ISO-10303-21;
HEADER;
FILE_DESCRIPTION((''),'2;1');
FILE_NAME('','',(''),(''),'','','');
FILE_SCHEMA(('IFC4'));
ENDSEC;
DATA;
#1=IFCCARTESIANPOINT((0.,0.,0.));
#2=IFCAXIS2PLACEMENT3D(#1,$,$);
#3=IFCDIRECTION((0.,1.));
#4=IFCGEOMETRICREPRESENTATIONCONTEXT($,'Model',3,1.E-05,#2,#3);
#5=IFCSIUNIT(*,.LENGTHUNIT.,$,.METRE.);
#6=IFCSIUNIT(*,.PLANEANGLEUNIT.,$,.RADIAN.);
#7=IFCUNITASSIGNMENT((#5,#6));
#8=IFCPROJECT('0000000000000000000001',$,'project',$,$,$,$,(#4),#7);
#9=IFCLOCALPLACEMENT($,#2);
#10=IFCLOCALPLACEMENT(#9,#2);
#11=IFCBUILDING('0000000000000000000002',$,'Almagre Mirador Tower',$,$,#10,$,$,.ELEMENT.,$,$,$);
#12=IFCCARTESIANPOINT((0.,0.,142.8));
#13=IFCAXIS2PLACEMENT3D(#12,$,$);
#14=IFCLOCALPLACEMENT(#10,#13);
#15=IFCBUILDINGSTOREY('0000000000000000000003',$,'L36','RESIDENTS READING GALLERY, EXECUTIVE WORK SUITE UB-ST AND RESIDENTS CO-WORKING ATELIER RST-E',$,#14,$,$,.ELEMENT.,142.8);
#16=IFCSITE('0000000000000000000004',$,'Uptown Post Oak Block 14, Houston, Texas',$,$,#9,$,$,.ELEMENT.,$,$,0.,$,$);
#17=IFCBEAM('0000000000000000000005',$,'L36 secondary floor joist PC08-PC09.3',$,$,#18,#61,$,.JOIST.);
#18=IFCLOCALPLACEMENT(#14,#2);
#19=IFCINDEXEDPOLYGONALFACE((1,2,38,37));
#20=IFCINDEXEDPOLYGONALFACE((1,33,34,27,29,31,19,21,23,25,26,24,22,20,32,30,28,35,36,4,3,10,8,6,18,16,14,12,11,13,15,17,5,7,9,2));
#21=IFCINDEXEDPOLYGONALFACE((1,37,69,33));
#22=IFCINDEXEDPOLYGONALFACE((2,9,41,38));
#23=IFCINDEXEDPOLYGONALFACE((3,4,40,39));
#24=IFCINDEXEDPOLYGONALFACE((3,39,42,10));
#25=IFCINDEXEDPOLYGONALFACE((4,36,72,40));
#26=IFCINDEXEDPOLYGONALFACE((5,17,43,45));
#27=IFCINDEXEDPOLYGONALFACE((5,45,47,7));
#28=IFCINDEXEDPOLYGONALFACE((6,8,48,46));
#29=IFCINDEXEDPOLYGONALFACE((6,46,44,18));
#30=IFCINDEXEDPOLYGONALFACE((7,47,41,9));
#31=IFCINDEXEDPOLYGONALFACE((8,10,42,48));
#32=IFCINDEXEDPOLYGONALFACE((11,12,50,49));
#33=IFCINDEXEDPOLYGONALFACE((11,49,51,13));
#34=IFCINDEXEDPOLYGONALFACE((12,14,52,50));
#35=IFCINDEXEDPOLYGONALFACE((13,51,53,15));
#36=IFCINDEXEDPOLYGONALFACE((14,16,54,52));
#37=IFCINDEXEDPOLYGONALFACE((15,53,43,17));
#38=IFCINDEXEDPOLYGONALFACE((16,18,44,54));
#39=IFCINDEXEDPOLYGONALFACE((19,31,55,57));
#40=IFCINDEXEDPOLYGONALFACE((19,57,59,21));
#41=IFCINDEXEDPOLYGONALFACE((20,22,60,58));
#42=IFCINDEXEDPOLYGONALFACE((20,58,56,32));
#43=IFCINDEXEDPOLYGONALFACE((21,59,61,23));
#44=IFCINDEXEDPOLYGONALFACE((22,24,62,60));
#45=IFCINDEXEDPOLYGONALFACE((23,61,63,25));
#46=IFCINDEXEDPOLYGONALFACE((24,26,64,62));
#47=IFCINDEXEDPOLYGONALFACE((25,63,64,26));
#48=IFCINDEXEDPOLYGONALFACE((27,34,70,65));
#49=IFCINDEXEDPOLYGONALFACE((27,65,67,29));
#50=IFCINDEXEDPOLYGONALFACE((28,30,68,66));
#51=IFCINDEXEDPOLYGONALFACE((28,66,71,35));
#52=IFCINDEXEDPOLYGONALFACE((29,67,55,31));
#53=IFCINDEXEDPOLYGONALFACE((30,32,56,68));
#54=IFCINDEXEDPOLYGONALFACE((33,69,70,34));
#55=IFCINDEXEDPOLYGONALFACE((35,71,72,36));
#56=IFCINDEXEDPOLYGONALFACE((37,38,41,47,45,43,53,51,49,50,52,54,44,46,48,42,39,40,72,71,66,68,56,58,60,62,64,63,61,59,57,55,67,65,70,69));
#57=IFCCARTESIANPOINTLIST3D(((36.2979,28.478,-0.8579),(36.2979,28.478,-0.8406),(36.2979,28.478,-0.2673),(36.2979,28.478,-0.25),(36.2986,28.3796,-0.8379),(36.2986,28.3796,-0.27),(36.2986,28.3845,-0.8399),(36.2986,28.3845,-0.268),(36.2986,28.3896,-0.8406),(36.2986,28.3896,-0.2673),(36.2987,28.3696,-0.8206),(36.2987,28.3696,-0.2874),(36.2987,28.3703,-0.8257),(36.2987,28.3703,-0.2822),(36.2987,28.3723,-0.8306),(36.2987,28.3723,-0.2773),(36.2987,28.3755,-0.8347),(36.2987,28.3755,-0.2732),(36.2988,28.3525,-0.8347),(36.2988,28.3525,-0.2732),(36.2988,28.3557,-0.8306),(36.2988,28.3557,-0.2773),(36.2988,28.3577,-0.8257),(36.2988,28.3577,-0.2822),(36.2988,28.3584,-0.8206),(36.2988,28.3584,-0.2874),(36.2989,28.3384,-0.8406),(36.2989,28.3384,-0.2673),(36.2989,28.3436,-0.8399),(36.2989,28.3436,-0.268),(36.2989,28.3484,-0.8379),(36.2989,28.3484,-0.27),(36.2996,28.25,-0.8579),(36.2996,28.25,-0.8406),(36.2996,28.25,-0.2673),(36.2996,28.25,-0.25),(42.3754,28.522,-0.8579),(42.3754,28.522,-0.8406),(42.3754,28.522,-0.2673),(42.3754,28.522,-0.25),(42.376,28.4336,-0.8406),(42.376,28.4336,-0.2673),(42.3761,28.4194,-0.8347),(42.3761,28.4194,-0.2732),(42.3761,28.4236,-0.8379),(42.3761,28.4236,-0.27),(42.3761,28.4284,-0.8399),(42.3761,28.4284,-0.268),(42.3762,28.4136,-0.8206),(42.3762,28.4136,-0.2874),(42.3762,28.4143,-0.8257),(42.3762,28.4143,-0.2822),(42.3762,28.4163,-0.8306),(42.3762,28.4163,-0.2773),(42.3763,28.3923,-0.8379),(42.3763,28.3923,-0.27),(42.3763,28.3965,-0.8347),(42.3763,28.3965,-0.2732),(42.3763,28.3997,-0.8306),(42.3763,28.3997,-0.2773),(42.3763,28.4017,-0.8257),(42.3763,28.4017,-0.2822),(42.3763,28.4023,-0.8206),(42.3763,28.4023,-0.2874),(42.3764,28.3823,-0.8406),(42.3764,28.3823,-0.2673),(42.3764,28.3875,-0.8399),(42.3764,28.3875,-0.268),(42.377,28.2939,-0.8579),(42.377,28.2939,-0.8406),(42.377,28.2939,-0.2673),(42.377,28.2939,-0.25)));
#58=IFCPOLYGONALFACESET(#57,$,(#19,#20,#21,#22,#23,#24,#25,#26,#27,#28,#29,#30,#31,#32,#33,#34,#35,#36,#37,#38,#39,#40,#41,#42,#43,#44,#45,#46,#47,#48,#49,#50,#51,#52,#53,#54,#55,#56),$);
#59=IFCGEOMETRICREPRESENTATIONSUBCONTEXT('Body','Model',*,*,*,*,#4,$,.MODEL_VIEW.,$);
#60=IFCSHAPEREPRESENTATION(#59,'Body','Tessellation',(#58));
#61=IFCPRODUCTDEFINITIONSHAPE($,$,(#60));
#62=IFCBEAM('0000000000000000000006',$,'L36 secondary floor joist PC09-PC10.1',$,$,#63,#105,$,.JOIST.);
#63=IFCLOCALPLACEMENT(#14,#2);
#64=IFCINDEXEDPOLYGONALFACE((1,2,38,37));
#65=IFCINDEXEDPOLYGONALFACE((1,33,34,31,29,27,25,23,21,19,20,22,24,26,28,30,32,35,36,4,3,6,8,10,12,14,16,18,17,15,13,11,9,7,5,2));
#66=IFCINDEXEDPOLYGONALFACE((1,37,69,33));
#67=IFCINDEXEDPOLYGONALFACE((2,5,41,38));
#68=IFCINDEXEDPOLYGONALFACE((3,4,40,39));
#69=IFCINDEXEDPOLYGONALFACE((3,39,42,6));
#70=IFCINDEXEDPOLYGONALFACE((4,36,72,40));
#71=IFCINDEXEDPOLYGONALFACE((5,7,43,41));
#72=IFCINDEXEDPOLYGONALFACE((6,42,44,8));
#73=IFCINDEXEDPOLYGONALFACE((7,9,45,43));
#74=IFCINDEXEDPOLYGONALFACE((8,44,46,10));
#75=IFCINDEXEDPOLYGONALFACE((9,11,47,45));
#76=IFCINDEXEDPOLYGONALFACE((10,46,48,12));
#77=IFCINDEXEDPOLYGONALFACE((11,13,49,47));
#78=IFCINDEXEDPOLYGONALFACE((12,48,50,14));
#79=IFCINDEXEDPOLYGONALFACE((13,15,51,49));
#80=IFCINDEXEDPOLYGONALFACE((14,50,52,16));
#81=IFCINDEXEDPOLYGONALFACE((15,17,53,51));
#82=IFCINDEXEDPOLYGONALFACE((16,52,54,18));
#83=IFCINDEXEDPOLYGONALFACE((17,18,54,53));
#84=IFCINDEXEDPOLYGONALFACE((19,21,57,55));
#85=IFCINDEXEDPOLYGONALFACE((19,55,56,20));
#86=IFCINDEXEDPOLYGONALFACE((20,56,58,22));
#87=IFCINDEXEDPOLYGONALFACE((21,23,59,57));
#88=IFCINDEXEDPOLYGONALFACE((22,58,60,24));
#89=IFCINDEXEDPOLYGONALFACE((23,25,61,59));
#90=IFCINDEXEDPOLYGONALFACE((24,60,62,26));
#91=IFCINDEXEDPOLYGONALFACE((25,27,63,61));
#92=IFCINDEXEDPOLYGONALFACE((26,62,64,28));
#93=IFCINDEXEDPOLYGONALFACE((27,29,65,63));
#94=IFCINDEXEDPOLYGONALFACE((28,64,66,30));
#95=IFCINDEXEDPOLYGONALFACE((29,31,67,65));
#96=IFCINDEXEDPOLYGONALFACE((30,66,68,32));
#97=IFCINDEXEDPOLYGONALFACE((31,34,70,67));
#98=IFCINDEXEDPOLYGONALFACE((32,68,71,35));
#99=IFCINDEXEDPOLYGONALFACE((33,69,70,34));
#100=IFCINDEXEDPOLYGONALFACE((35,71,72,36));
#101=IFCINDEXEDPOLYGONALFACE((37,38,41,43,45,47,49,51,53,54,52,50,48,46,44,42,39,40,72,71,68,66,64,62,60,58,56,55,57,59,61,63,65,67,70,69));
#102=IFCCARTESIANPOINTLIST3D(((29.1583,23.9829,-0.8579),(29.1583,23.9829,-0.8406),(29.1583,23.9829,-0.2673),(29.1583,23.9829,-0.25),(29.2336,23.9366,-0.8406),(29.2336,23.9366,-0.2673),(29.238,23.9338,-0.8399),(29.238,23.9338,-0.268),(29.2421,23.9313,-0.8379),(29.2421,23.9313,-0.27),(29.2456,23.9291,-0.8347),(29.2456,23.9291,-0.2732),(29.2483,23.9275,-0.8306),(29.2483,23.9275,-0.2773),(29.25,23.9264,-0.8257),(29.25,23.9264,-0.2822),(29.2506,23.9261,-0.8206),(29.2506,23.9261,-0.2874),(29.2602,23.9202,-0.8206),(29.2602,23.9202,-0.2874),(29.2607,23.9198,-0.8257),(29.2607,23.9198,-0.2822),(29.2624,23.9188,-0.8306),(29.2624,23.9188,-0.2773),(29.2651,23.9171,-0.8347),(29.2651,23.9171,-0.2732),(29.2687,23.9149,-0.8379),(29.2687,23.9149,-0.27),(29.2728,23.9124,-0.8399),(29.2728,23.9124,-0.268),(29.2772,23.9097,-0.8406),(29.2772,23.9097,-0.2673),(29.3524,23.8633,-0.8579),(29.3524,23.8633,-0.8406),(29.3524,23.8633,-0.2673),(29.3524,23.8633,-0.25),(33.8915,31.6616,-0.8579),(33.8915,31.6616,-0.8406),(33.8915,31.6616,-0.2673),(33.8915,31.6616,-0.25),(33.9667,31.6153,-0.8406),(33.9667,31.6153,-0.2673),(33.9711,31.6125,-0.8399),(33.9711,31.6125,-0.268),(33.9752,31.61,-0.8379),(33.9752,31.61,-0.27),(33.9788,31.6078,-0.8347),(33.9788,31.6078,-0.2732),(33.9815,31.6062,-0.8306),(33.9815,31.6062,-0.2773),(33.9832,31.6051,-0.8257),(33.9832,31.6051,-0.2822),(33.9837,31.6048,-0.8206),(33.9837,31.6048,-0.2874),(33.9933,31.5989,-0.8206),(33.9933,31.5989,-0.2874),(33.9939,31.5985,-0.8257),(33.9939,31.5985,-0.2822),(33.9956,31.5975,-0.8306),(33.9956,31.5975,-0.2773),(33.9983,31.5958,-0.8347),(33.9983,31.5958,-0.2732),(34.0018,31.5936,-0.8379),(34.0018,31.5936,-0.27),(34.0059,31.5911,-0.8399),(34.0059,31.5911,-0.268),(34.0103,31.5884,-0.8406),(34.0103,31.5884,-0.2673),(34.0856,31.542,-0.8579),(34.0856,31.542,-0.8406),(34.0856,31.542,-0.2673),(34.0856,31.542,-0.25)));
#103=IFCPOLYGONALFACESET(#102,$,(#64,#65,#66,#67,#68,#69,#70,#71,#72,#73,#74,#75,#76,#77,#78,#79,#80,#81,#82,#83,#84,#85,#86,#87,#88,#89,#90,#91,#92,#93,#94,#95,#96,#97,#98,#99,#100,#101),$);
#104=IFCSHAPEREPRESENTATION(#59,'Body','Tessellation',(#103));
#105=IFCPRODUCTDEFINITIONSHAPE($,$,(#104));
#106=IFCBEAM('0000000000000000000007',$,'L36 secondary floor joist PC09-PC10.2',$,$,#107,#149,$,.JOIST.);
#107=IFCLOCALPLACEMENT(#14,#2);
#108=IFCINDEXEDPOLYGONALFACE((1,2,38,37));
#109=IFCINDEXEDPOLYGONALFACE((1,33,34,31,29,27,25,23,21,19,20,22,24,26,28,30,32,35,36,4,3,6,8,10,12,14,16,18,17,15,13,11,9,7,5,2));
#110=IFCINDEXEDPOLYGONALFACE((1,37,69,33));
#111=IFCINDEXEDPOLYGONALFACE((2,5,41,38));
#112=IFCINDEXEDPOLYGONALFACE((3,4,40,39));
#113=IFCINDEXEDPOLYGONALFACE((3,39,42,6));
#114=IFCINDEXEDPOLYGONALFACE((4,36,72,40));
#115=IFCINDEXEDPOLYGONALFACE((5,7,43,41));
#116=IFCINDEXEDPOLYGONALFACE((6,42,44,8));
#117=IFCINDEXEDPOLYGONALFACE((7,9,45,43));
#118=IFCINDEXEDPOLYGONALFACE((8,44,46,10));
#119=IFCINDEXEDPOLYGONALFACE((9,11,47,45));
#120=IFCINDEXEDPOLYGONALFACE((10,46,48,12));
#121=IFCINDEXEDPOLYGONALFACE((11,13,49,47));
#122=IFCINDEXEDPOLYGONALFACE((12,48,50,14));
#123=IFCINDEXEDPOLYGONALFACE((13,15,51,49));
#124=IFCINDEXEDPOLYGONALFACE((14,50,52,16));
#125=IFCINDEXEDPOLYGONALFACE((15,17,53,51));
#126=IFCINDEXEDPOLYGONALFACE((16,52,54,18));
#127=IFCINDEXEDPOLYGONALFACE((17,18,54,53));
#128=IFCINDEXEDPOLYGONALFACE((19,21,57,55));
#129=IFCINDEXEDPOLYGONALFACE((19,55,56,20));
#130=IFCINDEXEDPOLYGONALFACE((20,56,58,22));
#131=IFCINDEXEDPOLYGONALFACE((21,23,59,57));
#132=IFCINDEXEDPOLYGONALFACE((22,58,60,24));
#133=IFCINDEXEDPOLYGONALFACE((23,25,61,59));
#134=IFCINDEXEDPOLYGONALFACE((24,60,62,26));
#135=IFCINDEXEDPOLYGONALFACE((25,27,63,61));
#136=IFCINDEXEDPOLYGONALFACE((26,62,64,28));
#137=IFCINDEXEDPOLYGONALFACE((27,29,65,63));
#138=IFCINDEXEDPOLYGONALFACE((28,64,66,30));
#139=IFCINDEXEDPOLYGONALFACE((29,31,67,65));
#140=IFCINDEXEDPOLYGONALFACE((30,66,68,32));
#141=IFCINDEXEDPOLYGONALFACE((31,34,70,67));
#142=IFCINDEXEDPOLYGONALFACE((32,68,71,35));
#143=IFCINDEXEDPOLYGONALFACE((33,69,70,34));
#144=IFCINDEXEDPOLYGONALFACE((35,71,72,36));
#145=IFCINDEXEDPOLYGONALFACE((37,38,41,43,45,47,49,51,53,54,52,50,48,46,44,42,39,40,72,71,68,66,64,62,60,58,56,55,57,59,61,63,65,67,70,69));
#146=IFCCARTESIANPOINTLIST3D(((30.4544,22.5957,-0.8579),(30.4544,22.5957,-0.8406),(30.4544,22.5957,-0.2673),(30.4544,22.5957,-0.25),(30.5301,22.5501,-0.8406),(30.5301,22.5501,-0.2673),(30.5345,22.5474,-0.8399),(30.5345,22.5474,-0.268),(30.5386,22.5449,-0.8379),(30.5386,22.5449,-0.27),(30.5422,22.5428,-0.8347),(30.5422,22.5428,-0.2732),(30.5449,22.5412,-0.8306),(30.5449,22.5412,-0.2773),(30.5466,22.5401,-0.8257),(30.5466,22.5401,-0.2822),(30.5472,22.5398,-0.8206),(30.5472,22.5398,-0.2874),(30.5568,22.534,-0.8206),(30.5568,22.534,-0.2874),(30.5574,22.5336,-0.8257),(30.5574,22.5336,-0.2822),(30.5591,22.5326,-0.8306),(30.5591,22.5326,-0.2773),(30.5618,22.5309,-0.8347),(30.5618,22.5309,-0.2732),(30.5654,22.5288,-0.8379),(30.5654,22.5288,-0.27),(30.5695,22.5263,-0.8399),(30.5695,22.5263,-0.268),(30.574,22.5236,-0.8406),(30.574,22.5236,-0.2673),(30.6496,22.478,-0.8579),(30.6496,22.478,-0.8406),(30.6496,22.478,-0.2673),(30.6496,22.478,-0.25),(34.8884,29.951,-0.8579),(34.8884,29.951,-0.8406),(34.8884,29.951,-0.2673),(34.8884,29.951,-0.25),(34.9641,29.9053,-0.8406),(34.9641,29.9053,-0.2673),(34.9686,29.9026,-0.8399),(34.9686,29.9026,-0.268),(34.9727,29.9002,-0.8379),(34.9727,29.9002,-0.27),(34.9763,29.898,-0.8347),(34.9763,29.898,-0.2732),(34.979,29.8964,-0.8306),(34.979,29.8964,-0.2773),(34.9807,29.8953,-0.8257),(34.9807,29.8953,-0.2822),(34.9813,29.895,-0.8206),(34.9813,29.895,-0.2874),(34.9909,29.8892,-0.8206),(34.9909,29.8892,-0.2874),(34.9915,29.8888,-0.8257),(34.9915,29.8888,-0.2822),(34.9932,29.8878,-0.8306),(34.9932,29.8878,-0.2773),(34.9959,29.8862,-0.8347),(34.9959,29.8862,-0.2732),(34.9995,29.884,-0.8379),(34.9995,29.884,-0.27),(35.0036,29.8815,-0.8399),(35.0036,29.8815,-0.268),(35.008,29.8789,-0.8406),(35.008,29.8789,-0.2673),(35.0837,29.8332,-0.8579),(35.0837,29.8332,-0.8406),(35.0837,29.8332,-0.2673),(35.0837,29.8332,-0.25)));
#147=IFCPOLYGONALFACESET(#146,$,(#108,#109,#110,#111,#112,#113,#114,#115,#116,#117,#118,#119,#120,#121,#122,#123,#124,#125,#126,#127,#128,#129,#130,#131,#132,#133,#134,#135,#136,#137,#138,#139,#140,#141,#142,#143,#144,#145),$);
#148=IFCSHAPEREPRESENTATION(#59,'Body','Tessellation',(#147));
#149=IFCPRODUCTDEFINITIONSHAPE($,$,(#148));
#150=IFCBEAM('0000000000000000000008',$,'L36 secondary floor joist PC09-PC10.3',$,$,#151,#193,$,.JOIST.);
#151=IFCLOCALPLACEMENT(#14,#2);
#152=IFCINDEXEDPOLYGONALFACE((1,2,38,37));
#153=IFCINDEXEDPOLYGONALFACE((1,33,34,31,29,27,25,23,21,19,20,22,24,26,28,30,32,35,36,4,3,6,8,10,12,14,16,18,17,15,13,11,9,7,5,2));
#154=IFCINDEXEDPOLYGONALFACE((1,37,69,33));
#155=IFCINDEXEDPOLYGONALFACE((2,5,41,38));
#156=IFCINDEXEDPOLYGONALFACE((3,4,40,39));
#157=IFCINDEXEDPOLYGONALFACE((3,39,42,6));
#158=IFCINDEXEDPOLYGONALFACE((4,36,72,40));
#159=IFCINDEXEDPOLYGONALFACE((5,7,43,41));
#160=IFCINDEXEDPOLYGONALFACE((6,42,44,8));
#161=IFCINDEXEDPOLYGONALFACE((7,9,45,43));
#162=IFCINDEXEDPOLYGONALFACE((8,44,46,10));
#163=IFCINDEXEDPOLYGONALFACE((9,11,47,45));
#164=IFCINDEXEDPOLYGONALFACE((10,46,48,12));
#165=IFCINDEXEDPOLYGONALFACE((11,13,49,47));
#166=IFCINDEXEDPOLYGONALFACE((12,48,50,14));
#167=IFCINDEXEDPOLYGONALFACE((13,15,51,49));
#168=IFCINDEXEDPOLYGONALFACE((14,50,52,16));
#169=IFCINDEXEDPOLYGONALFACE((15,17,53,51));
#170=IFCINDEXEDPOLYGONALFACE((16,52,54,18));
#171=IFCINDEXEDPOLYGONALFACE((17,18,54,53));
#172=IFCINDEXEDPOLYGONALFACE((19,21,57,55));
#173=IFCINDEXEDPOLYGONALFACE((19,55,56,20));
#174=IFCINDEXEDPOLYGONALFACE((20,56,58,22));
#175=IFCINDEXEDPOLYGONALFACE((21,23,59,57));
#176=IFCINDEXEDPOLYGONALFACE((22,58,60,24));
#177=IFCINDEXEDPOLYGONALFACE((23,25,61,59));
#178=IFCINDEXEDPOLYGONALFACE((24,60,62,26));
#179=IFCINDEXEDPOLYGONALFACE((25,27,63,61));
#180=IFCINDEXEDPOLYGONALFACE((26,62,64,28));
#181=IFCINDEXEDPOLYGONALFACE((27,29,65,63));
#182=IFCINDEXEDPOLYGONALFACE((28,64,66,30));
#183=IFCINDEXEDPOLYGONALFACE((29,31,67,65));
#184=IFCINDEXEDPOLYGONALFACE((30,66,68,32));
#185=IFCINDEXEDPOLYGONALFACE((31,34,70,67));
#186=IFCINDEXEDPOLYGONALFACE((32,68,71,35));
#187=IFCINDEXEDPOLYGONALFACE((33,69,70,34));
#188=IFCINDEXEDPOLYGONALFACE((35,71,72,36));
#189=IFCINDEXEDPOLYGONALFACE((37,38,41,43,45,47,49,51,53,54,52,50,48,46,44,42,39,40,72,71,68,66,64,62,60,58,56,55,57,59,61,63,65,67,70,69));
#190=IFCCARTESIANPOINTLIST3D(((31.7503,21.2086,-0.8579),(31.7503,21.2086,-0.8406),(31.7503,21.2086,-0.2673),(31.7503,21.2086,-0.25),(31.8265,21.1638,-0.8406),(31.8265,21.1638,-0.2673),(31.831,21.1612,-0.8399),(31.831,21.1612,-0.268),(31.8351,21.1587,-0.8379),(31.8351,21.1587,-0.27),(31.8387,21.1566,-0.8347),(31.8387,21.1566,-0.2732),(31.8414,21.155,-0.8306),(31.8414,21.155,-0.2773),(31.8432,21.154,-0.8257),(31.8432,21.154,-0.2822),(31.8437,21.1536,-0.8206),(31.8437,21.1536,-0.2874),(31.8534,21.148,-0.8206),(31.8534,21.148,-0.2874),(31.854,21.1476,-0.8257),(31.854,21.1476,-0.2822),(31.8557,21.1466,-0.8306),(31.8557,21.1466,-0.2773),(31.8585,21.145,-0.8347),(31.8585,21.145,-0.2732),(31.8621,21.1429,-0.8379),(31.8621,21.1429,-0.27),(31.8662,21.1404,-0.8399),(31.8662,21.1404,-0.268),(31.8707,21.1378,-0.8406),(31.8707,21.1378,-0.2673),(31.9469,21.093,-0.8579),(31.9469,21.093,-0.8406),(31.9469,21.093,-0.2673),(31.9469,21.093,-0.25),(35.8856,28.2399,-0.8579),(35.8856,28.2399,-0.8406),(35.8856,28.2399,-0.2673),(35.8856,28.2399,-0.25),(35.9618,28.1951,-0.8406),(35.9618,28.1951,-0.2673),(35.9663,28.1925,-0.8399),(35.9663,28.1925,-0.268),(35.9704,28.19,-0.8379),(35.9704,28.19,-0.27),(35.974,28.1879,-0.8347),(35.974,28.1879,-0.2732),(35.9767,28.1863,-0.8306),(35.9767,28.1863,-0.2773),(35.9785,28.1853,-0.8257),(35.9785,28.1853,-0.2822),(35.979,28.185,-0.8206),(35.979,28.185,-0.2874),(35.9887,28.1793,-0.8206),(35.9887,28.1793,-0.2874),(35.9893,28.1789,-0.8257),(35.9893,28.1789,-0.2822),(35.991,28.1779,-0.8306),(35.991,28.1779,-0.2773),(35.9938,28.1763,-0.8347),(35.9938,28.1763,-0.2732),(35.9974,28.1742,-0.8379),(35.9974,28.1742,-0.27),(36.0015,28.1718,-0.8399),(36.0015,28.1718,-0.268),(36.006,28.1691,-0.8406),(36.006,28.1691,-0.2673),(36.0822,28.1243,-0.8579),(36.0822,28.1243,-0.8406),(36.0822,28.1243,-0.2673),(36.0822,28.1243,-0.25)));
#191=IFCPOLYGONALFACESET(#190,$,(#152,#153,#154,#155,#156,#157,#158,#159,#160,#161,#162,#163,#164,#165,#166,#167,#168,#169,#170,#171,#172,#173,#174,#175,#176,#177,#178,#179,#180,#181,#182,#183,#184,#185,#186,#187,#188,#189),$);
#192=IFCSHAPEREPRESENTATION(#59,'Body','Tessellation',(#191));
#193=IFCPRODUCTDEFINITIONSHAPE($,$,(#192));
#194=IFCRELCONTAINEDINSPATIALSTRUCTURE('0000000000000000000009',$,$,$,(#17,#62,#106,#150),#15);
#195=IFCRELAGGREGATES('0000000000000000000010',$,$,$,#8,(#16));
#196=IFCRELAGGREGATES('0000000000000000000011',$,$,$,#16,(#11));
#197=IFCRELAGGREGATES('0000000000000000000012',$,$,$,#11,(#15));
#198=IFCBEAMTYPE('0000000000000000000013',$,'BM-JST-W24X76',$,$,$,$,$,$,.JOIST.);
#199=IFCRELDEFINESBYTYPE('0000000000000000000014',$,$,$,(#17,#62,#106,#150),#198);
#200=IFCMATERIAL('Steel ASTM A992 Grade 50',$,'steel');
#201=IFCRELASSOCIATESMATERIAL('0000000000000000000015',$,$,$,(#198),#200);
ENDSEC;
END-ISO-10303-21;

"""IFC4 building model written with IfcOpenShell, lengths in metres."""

from ifc_helpers import new_model, si_unit, direction, frame, origin, origin_2d, place, context, subcontext, project, spatial, i_section, extrude, material, material_profile, profile_set, type_object, element, save


model = new_model("IFC4")

# Units and contexts
model_context = context("Model", 3, precision=1e-05, world=origin(), true_north=direction((0.0, 1.0)))
body_context = subcontext(model_context, "Body", "Model", "MODEL_VIEW")
ifc_project = project(units=[si_unit("LENGTHUNIT", "METRE"), si_unit("PLANEANGLEUNIT", "RADIAN")], contexts=[model_context])

# Site, building, storey
site_placement = place(None, origin())
site = spatial("IfcSite", under=ifc_project, at=site_placement, Name="Uptown Post Oak Block 14, Houston, Texas", CompositionType="ELEMENT", RefElevation=0.0)
building_placement = place(site_placement, origin())
building = spatial("IfcBuilding", under=site, at=building_placement, Name="Almagre Mirador Tower", CompositionType="ELEMENT")
storey_placement = place(building_placement, frame((0.0, 0.0, 142.8)))
storey = spatial("IfcBuildingStorey", under=building, at=storey_placement, Name="L36", Description="RESIDENTS READING GALLERY, EXECUTIVE WORK SUITE UB-ST AND RESIDENTS CO-WORKING ATELIER RST-E", CompositionType="ELEMENT", Elevation=142.8)

# Beams
ifc_material_1 = material(Name="Steel ASTM A992 Grade 50", Category="steel")
ifc_material_profile_1 = material_profile(ifc_material_1, i_section(OverallWidth=0.228, OverallDepth=0.6079, WebThickness=0.0112, FlangeThickness=0.0173, FilletRadius=0.02, at=origin_2d()), Name="W24X76")
ifc_profile_set_1 = profile_set([ifc_material_profile_1], Name="Steel ASTM A992 Grade 50")
beam_type_1 = type_object("IfcBeamType", Name="BM-JST-W24X76", PredefinedType="JOIST", material=ifc_profile_set_1)
beam_1_placement = place(storey_placement, frame((42.3762, 28.408, -0.554), z_axis=(-0.999974, -0.007231, 0.0), x_axis=(0.007231, -0.999974, 0.0)))
element("IfcBeam", 1, at=beam_1_placement, inside=storey, type_object=beam_type_1, Name="L36 secondary floor joist PC08-PC09.3", PredefinedType="JOIST", context=body_context, shape_type="SweptSolid", body=[
    extrude(i_section(OverallWidth=0.228, OverallDepth=0.6079, WebThickness=0.0112, FlangeThickness=0.0173, FilletRadius=0.02, at=origin_2d()), origin(), (0.0, 0.0, 1.0), 6.0776),
])
beam_2_placement = place(storey_placement, frame((33.9885, 31.6018, -0.554), z_axis=(-0.524724, -0.851272, 0.0), x_axis=(0.851272, -0.524724, 0.0)))
element("IfcBeam", 2, at=beam_2_placement, inside=storey, type_object=beam_type_1, Name="L36 secondary floor joist PC09-PC10.1", PredefinedType="JOIST", context=body_context, shape_type="SweptSolid", body=[
    extrude(i_section(OverallWidth=0.228, OverallDepth=0.6079, WebThickness=0.0112, FlangeThickness=0.0173, FilletRadius=0.02, at=origin_2d()), origin(), (0.0, 0.0, 1.0), 9.0203),
])
beam_3_placement = place(storey_placement, frame((34.9861, 29.8921, -0.554), z_axis=(-0.516288, -0.856415, 0.0), x_axis=(0.856415, -0.516288, 0.0)))
element("IfcBeam", 3, at=beam_3_placement, inside=storey, type_object=beam_type_1, Name="L36 secondary floor joist PC09-PC10.2", PredefinedType="JOIST", context=body_context, shape_type="SweptSolid", body=[
    extrude(i_section(OverallWidth=0.228, OverallDepth=0.6079, WebThickness=0.0112, FlangeThickness=0.0173, FilletRadius=0.02, at=origin_2d()), origin(), (0.0, 0.0, 1.0), 8.5884),
])
beam_4_placement = place(storey_placement, frame((35.9839, 28.1821, -0.554), z_axis=(-0.506949, -0.861976, 0.0), x_axis=(0.861976, -0.506949, 0.0)))
element("IfcBeam", 4, at=beam_4_placement, inside=storey, type_object=beam_type_1, Name="L36 secondary floor joist PC09-PC10.3", PredefinedType="JOIST", context=body_context, shape_type="SweptSolid", body=[
    extrude(i_section(OverallWidth=0.228, OverallDepth=0.6079, WebThickness=0.0112, FlangeThickness=0.0173, FilletRadius=0.02, at=origin_2d()), origin(), (0.0, 0.0, 1.0), 8.1572),
])

save(model, "model.ifc")
